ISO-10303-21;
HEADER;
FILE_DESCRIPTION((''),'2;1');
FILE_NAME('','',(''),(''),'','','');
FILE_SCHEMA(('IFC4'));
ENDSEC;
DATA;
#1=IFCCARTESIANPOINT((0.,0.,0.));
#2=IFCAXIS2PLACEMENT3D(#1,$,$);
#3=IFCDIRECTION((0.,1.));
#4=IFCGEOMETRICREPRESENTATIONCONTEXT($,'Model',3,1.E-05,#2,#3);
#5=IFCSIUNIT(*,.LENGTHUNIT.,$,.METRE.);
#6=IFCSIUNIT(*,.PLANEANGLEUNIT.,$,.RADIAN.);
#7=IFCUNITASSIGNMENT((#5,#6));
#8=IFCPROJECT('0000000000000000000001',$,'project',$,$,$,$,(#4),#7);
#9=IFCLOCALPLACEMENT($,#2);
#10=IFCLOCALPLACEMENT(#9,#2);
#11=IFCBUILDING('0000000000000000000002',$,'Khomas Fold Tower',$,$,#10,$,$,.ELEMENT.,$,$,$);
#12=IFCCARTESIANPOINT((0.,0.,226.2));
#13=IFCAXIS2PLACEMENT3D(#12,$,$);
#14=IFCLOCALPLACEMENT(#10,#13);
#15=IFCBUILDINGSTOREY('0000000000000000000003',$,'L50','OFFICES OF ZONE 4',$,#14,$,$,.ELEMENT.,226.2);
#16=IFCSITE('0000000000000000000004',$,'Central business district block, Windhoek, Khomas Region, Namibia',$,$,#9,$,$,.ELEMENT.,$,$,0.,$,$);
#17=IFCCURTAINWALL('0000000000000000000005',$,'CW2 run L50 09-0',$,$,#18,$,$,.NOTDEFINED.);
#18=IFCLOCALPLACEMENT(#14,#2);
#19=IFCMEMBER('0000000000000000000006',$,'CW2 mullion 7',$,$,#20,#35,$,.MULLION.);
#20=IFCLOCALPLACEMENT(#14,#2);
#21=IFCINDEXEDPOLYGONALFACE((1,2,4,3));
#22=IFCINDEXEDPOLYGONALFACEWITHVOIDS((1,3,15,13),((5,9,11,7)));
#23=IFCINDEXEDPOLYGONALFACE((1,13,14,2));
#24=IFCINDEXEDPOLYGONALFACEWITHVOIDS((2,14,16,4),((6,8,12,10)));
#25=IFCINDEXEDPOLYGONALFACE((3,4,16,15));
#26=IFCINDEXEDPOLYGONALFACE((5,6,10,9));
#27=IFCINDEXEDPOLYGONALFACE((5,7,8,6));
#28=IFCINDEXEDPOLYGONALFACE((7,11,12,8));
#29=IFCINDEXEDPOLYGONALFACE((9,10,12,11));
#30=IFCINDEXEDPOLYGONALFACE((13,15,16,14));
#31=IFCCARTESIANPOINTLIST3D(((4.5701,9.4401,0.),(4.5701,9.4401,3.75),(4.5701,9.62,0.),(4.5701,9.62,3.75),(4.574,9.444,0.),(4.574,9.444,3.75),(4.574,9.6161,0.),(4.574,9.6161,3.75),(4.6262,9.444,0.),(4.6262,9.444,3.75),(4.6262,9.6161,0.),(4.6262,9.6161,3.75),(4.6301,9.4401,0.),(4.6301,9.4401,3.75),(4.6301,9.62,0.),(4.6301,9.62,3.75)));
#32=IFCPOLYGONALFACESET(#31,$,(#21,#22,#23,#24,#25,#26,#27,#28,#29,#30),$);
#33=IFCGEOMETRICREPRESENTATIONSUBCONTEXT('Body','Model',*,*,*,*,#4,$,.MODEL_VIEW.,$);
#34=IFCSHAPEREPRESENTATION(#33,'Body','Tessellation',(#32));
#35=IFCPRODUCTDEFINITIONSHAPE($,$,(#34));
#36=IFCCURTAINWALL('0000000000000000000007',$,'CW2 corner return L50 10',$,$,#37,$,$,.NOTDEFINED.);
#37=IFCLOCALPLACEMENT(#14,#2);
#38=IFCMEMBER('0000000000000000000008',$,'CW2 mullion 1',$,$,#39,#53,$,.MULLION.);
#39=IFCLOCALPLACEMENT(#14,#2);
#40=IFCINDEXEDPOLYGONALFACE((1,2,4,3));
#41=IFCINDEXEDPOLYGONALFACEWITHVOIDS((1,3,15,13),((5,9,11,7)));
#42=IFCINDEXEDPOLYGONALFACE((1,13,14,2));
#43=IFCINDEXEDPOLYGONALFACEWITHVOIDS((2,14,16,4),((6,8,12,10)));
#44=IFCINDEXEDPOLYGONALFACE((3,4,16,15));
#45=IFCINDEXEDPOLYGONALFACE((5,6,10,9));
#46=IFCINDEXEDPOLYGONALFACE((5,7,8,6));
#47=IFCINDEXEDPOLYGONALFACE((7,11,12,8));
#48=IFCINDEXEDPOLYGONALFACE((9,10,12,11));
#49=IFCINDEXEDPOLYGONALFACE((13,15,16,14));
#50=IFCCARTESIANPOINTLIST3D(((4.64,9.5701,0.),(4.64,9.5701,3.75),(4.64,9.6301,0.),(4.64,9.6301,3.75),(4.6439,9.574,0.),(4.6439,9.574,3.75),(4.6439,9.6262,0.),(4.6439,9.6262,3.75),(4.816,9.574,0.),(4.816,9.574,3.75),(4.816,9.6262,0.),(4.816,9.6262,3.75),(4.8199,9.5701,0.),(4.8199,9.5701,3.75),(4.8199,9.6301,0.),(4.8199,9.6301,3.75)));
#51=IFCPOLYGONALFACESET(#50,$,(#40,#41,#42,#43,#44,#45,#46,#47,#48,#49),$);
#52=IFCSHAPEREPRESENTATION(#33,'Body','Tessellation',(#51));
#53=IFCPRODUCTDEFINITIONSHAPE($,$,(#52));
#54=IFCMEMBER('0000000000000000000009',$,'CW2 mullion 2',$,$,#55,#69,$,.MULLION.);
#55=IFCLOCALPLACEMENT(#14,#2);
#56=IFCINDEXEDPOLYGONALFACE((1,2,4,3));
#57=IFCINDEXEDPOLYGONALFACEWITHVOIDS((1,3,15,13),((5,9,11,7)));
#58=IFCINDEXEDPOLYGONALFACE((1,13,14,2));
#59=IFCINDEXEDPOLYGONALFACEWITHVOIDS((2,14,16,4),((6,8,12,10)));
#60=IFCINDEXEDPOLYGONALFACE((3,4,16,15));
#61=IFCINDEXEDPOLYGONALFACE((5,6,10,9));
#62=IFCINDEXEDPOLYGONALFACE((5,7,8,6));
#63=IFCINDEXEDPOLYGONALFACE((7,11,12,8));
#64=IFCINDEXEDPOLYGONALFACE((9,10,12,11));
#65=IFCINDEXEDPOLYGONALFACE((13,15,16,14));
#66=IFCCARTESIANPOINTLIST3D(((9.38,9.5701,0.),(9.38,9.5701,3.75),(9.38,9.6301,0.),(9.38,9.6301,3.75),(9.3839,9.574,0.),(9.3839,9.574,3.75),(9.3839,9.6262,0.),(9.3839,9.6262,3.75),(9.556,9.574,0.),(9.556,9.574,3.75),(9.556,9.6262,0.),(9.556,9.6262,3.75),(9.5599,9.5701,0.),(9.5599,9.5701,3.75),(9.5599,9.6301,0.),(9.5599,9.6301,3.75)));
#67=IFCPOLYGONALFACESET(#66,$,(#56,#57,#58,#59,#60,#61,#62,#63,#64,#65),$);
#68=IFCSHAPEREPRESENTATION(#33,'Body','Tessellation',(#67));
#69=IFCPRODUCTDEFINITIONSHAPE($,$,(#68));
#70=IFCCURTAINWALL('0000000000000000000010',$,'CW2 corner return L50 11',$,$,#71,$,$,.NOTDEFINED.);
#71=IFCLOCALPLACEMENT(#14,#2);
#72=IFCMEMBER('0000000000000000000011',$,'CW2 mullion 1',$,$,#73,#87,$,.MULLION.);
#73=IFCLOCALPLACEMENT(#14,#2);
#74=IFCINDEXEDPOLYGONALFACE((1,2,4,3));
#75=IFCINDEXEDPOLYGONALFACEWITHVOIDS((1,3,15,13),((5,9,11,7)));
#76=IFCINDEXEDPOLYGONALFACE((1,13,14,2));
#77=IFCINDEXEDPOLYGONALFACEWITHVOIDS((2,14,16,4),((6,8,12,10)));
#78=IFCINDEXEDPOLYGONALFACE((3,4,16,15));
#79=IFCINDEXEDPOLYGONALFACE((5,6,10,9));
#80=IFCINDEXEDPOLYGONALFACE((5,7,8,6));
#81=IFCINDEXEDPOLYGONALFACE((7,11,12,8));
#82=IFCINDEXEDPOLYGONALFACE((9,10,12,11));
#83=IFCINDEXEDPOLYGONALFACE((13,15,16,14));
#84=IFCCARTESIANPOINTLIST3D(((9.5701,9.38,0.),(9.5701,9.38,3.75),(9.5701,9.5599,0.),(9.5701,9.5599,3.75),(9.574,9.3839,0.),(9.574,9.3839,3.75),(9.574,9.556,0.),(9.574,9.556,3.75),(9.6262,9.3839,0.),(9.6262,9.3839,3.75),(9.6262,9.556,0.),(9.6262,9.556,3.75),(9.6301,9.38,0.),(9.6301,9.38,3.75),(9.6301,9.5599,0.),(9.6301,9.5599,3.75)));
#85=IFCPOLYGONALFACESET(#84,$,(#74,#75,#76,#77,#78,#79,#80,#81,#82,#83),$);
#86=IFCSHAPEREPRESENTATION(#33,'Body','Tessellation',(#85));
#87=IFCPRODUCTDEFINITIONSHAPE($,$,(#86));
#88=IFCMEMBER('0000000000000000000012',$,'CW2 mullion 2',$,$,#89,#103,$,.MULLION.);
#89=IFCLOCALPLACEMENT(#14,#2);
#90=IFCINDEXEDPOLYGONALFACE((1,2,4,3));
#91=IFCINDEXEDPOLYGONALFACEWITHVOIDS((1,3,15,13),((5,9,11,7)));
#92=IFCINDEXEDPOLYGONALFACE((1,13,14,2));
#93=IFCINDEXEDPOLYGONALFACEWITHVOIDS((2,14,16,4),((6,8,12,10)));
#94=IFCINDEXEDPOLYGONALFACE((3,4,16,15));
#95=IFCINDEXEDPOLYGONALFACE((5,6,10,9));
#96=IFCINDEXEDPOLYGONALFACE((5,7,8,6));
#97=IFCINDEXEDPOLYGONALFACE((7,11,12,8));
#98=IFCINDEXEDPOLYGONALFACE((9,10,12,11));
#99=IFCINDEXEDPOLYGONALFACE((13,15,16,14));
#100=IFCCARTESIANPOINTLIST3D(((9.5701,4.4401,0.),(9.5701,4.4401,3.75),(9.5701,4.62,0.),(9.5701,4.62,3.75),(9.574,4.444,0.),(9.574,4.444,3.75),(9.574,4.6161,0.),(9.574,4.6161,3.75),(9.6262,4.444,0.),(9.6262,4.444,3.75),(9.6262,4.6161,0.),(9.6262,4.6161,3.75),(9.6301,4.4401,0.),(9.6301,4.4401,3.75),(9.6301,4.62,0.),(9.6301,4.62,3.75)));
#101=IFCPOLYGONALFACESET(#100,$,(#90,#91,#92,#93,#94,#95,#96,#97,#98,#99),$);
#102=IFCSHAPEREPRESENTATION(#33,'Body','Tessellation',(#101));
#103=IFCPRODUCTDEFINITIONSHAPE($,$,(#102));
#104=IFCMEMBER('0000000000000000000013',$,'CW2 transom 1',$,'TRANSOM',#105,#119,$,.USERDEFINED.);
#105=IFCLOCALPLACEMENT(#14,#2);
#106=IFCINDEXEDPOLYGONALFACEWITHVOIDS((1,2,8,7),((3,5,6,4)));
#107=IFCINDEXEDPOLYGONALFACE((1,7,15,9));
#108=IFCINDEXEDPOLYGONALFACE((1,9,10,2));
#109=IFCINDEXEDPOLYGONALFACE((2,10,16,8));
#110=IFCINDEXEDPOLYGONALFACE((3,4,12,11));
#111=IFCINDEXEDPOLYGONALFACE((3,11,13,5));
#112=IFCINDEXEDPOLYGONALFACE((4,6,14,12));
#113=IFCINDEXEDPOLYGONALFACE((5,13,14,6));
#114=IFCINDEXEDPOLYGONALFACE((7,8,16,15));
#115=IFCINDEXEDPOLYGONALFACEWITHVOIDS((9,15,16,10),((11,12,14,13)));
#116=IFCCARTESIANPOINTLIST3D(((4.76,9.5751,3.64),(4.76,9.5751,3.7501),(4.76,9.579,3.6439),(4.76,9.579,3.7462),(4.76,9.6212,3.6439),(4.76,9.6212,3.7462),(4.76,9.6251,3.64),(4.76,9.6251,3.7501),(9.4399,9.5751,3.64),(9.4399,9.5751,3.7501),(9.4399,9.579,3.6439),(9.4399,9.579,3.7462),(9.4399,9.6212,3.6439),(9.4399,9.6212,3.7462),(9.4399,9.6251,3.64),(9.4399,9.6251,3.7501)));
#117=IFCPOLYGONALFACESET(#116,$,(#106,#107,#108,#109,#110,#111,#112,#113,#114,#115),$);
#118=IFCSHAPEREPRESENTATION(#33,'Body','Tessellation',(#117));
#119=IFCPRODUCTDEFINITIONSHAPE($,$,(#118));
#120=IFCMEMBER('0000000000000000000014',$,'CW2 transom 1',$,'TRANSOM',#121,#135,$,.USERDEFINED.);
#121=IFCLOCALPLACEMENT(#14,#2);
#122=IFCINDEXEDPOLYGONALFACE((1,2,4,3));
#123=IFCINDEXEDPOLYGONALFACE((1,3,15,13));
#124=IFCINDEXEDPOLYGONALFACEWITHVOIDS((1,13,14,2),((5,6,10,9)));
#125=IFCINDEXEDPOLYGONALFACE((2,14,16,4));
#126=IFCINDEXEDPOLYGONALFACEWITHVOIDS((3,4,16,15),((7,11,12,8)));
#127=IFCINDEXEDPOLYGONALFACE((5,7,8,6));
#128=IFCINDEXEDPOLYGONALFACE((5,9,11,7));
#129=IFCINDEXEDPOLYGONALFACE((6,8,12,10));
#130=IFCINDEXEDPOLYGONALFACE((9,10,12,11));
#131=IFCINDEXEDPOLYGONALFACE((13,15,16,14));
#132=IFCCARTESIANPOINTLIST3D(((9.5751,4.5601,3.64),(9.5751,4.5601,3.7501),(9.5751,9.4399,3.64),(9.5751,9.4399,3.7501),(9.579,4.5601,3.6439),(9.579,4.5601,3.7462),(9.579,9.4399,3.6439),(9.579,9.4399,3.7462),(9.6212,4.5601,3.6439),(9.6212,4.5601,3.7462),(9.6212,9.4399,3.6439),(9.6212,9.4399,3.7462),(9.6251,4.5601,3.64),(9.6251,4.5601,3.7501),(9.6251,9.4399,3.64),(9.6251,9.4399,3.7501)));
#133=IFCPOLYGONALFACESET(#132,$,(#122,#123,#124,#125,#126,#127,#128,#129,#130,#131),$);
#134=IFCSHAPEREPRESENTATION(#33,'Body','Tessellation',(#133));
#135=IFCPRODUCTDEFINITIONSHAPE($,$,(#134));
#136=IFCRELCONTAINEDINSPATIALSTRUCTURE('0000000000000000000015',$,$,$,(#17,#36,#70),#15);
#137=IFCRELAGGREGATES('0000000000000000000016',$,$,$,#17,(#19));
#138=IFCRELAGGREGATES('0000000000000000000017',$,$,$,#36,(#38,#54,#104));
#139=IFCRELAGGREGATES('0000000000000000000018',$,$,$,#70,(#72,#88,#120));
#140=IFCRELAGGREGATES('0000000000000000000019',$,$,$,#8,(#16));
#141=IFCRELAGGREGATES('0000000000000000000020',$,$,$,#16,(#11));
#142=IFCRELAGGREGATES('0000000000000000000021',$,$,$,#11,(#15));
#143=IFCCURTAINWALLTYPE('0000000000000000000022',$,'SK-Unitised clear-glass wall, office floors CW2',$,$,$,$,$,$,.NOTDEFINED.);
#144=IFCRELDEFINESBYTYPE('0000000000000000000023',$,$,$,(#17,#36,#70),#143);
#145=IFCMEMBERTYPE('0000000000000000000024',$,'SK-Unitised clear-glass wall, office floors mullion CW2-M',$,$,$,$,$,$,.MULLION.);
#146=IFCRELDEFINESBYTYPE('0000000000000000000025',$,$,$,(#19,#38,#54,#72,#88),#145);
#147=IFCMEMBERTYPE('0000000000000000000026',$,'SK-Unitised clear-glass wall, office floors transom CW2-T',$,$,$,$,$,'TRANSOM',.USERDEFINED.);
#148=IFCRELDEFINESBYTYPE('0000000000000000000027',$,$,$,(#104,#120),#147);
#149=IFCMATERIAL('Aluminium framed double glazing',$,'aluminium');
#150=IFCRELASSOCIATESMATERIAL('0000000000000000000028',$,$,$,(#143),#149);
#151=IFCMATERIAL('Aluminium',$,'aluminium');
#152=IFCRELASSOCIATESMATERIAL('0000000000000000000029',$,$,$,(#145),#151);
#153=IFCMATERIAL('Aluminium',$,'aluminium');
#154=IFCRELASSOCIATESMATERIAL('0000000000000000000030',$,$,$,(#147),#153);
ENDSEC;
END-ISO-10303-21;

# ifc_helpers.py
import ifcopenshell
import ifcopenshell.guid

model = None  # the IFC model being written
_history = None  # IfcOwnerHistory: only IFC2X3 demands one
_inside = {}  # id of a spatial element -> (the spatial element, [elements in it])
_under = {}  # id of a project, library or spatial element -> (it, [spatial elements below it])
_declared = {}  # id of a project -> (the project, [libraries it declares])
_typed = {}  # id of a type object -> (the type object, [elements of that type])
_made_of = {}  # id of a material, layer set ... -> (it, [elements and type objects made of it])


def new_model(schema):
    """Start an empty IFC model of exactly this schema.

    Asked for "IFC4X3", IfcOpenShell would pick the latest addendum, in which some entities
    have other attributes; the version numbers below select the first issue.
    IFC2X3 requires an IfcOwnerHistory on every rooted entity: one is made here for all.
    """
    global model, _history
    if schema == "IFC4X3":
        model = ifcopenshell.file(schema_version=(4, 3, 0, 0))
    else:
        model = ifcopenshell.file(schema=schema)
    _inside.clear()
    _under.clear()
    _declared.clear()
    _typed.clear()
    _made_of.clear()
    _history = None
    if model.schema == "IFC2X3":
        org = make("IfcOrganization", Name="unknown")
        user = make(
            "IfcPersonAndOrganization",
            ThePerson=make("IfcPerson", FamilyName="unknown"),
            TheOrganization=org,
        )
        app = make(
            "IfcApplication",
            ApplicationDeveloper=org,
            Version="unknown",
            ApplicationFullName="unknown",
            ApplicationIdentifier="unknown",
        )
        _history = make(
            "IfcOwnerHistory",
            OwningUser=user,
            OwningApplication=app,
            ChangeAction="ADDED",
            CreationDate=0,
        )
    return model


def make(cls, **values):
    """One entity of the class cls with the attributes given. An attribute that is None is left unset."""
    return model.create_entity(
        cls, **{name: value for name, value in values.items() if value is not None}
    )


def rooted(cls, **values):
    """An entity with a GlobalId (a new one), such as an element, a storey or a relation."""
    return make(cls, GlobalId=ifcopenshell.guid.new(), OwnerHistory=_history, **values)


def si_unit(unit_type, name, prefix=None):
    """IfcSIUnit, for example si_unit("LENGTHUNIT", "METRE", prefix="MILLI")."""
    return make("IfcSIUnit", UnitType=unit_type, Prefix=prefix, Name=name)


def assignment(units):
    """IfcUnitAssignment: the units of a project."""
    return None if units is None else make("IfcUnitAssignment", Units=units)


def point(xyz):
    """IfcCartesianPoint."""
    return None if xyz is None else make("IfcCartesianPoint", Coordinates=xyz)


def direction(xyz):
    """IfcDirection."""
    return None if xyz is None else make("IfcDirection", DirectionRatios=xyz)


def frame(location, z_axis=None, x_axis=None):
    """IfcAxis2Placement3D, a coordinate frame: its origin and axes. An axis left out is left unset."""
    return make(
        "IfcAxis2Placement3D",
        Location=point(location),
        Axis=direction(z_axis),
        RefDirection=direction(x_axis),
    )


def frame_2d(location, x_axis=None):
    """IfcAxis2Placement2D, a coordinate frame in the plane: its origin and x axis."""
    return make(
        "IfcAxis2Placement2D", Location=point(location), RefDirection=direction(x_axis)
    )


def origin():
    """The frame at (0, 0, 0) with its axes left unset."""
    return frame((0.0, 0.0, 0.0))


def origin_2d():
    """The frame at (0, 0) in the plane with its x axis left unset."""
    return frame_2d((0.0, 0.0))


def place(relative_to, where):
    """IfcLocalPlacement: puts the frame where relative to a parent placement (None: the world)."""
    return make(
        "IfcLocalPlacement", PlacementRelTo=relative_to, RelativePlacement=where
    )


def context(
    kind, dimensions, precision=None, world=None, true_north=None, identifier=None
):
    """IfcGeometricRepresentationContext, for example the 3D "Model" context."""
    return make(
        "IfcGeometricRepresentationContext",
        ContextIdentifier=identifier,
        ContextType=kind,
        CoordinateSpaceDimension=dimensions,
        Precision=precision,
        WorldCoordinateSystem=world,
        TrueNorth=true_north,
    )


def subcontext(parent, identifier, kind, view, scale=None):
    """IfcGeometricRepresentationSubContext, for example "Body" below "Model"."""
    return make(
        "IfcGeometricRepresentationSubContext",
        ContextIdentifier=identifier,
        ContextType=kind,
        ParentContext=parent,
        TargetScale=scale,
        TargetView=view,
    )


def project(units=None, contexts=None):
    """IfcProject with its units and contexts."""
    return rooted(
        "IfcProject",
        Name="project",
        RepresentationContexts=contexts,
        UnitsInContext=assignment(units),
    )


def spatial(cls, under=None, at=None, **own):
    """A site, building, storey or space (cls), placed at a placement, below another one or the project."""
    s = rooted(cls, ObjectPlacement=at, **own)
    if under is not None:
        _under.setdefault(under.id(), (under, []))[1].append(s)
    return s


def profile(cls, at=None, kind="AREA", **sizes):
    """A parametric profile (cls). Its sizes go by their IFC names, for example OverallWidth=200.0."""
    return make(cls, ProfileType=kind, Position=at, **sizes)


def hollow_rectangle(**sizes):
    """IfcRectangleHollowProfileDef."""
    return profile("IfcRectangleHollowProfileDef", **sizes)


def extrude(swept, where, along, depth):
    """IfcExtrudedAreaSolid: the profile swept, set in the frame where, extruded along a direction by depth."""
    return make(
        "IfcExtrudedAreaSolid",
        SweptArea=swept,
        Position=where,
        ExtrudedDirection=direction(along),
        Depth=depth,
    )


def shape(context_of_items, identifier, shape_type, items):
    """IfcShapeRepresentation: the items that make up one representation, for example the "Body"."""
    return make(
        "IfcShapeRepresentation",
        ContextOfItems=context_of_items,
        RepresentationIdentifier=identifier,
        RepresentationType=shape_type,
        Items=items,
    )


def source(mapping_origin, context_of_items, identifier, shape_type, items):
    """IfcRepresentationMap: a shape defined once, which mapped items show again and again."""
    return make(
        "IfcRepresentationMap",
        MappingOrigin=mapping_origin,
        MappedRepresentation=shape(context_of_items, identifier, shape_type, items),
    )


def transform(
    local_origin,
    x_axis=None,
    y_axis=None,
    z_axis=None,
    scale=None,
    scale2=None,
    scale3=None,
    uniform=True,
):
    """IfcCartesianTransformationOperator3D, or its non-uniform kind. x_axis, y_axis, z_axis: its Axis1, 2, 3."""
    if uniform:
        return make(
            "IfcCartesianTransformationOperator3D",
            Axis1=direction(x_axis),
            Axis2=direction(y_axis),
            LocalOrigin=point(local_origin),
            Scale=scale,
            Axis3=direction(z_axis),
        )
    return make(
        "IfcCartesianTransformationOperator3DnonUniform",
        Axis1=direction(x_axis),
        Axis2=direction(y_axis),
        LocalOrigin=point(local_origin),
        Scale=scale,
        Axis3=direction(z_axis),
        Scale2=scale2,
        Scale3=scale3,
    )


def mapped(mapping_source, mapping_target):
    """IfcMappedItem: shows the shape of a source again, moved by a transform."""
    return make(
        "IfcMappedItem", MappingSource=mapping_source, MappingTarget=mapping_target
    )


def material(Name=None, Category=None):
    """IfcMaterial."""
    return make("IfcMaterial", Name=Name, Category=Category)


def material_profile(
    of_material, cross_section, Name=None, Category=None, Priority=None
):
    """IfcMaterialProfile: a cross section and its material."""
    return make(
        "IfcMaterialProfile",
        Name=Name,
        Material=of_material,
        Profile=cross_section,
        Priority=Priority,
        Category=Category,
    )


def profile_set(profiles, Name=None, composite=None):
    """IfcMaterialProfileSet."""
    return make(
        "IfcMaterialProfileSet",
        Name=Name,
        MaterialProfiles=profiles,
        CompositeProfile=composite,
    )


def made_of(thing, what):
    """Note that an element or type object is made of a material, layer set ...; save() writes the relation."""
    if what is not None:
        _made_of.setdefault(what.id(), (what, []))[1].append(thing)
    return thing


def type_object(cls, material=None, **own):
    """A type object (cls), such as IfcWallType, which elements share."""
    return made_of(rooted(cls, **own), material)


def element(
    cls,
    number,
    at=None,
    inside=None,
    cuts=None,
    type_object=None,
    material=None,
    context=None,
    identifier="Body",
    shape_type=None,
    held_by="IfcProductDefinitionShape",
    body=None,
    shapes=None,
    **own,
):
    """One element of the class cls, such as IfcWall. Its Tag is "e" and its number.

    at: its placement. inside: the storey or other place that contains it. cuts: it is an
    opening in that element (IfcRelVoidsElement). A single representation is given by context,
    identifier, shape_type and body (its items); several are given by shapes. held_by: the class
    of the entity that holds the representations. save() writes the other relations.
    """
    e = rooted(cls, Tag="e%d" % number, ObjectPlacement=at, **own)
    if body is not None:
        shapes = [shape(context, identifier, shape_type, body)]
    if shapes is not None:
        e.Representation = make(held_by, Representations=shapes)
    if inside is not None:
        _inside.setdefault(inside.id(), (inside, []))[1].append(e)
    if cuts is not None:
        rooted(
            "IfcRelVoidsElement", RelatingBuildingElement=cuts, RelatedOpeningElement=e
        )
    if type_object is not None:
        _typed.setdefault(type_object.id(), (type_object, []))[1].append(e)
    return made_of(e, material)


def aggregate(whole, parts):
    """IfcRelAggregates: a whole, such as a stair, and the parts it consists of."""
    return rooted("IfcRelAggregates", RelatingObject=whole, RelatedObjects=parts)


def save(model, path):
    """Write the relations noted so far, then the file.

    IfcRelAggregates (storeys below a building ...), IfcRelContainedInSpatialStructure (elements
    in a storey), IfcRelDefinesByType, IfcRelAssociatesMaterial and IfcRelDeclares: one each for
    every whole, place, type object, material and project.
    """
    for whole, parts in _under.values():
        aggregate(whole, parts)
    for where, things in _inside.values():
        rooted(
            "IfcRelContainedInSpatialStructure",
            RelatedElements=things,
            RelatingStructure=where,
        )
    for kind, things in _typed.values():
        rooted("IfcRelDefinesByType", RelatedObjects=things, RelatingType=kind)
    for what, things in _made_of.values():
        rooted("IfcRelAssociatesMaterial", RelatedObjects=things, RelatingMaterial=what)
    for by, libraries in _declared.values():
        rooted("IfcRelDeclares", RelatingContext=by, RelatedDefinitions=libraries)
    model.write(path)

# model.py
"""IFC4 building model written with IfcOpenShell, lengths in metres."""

from ifc_helpers import new_model, si_unit, direction, frame, origin, origin_2d, place, context, subcontext, project, spatial, hollow_rectangle, extrude, source, transform, mapped, material, material_profile, profile_set, type_object, element, aggregate, save


model = new_model("IFC4")

# Units and contexts
model_context = context("Model", 3, precision=1e-05, world=origin(), true_north=direction((0.0, 1.0)))
body_context = subcontext(model_context, "Body", "Model", "MODEL_VIEW")
ifc_project = project(units=[si_unit("LENGTHUNIT", "METRE"), si_unit("PLANEANGLEUNIT", "RADIAN")], contexts=[model_context])

# Site, building, storey
site_placement = place(None, origin())
site = spatial("IfcSite", under=ifc_project, at=site_placement, Name="Central business district block, Windhoek, Khomas Region, Namibia", CompositionType="ELEMENT", RefElevation=0.0)
building_placement = place(site_placement, origin())
building = spatial("IfcBuilding", under=site, at=building_placement, Name="Khomas Fold Tower", CompositionType="ELEMENT")
storey_placement = place(building_placement, frame((0.0, 0.0, 226.2)))
storey = spatial("IfcBuildingStorey", under=building, at=storey_placement, Name="L50", Description="OFFICES OF ZONE 4", CompositionType="ELEMENT", Elevation=226.2)

# Curtain wall, member
ifc_material_1 = material(Name="Aluminium framed double glazing", Category="aluminium")
curtain_wall_type = type_object("IfcCurtainWallType", Name="SK-Unitised clear-glass wall, office floors CW2", PredefinedType="NOTDEFINED", material=ifc_material_1)
curtain_wall_1_placement = place(storey_placement, origin())
curtain_wall_1 = element("IfcCurtainWall", 1, at=curtain_wall_1_placement, inside=storey, type_object=curtain_wall_type, Name="CW2 run L50 09-0", PredefinedType="NOTDEFINED")
ifc_material_2 = material(Name="Aluminium", Category="aluminium")
ifc_material_profile_1 = material_profile(ifc_material_2, hollow_rectangle(XDim=0.0601, YDim=0.1799, WallThickness=0.0039, at=origin_2d()), Name="SK-Unitised clear-glass wall, office floors mullion CW2-M")
ifc_profile_set_1 = profile_set([ifc_material_profile_1], Name="Aluminium")
member_type_1 = type_object("IfcMemberType", Name="SK-Unitised clear-glass wall, office floors mullion CW2-M", PredefinedType="MULLION", material=ifc_profile_set_1)
shared_shape_1 = source(origin(), body_context, "Body", "SweptSolid", [
    extrude(hollow_rectangle(XDim=0.0601, YDim=0.1799, WallThickness=0.0039, at=origin_2d()), origin(), (0.0, 0.0, 1.0), 3.75),
])
member_1_placement = place(storey_placement, frame((4.6001, 9.53, 0.0), z_axis=(0.0, 0.0, 1.0), x_axis=(1.0, 0.0, 0.0)))
member_1 = element("IfcMember", 2, at=member_1_placement, type_object=member_type_1, Name="CW2 mullion 7", PredefinedType="MULLION", context=body_context, shape_type="MappedRepresentation", body=[
    mapped(shared_shape_1, transform((0.0, 0.0, 0.0))),
])

# Curtain walls, members
curtain_wall_2_placement = place(storey_placement, origin())
curtain_wall_2 = element("IfcCurtainWall", 3, at=curtain_wall_2_placement, inside=storey, type_object=curtain_wall_type, Name="CW2 corner return L50 10", PredefinedType="NOTDEFINED")
member_2_placement = place(storey_placement, frame((4.73, 9.6001, 0.0), z_axis=(0.0, 0.0, 1.0), x_axis=(0.0, 1.0, 0.0)))
member_2 = element("IfcMember", 4, at=member_2_placement, type_object=member_type_1, Name="CW2 mullion 1", PredefinedType="MULLION", context=body_context, shape_type="MappedRepresentation", body=[
    mapped(shared_shape_1, transform((0.0, 0.0, 0.0))),
])
member_3_placement = place(storey_placement, frame((9.47, 9.6001, 0.0), z_axis=(0.0, 0.0, 1.0), x_axis=(0.0, 1.0, 0.0)))
member_3 = element("IfcMember", 5, at=member_3_placement, type_object=member_type_1, Name="CW2 mullion 2", PredefinedType="MULLION", context=body_context, shape_type="MappedRepresentation", body=[
    mapped(shared_shape_1, transform((0.0, 0.0, 0.0))),
])
curtain_wall_3_placement = place(storey_placement, origin())
curtain_wall_3 = element("IfcCurtainWall", 6, at=curtain_wall_3_placement, inside=storey, type_object=curtain_wall_type, Name="CW2 corner return L50 11", PredefinedType="NOTDEFINED")
member_4_placement = place(storey_placement, frame((9.6001, 9.47, 0.0), z_axis=(0.0, 0.0, 1.0), x_axis=(1.0, 0.0, 0.0)))
member_4 = element("IfcMember", 7, at=member_4_placement, type_object=member_type_1, Name="CW2 mullion 1", PredefinedType="MULLION", context=body_context, shape_type="MappedRepresentation", body=[
    mapped(shared_shape_1, transform((0.0, 0.0, 0.0))),
])
member_5_placement = place(storey_placement, frame((9.6001, 4.53, 0.0), z_axis=(0.0, 0.0, 1.0), x_axis=(1.0, 0.0, 0.0)))
member_5 = element("IfcMember", 8, at=member_5_placement, type_object=member_type_1, Name="CW2 mullion 2", PredefinedType="MULLION", context=body_context, shape_type="MappedRepresentation", body=[
    mapped(shared_shape_1, transform((0.0, 0.0, 0.0))),
])

# Members
ifc_material_3 = material(Name="Aluminium", Category="aluminium")
ifc_material_profile_2 = material_profile(ifc_material_3, hollow_rectangle(XDim=0.05, YDim=0.1101, WallThickness=0.0039, at=origin_2d()), Name="SK-Unitised clear-glass wall, office floors transom CW2-T")
ifc_profile_set_2 = profile_set([ifc_material_profile_2], Name="Aluminium")
member_type_2 = type_object("IfcMemberType", Name="SK-Unitised clear-glass wall, office floors transom CW2-T", ElementType="TRANSOM", PredefinedType="USERDEFINED", material=ifc_profile_set_2)
shared_shape_2 = source(origin(), body_context, "Body", "SweptSolid", [
    extrude(hollow_rectangle(XDim=0.05, YDim=0.1101, WallThickness=0.0039, at=origin_2d()), origin(), (0.0, 0.0, 1.0), 4.6799),
])
member_6_placement = place(storey_placement, frame((4.76, 9.6001, 3.6951), z_axis=(1.0, 0.0, 0.0), x_axis=(0.0, 1.0, 0.0)))
member_6 = element("IfcMember", 9, at=member_6_placement, type_object=member_type_2, Name="CW2 transom 1", ObjectType="TRANSOM", PredefinedType="USERDEFINED", context=body_context, shape_type="MappedRepresentation", body=[
    mapped(shared_shape_2, transform((0.0, 0.0, 0.0))),
])
shared_shape_3 = source(origin(), body_context, "Body", "SweptSolid", [
    extrude(hollow_rectangle(XDim=0.05, YDim=0.1101, WallThickness=0.0039, at=origin_2d()), origin(), (0.0, 0.0, 1.0), 4.8799),
])
member_7_placement = place(storey_placement, frame((9.6001, 9.4399, 3.6951), z_axis=(0.0, -1.0, 0.0), x_axis=(1.0, 0.0, 0.0)))
member_7 = element("IfcMember", 10, at=member_7_placement, type_object=member_type_2, Name="CW2 transom 1", ObjectType="TRANSOM", PredefinedType="USERDEFINED", context=body_context, shape_type="MappedRepresentation", body=[
    mapped(shared_shape_3, transform((0.0, 0.0, 0.0))),
])

aggregate(curtain_wall_1, [member_1])
aggregate(curtain_wall_2, [member_2, member_3, member_6])
aggregate(curtain_wall_3, [member_4, member_5, member_7])

save(model, "model.ifc")
